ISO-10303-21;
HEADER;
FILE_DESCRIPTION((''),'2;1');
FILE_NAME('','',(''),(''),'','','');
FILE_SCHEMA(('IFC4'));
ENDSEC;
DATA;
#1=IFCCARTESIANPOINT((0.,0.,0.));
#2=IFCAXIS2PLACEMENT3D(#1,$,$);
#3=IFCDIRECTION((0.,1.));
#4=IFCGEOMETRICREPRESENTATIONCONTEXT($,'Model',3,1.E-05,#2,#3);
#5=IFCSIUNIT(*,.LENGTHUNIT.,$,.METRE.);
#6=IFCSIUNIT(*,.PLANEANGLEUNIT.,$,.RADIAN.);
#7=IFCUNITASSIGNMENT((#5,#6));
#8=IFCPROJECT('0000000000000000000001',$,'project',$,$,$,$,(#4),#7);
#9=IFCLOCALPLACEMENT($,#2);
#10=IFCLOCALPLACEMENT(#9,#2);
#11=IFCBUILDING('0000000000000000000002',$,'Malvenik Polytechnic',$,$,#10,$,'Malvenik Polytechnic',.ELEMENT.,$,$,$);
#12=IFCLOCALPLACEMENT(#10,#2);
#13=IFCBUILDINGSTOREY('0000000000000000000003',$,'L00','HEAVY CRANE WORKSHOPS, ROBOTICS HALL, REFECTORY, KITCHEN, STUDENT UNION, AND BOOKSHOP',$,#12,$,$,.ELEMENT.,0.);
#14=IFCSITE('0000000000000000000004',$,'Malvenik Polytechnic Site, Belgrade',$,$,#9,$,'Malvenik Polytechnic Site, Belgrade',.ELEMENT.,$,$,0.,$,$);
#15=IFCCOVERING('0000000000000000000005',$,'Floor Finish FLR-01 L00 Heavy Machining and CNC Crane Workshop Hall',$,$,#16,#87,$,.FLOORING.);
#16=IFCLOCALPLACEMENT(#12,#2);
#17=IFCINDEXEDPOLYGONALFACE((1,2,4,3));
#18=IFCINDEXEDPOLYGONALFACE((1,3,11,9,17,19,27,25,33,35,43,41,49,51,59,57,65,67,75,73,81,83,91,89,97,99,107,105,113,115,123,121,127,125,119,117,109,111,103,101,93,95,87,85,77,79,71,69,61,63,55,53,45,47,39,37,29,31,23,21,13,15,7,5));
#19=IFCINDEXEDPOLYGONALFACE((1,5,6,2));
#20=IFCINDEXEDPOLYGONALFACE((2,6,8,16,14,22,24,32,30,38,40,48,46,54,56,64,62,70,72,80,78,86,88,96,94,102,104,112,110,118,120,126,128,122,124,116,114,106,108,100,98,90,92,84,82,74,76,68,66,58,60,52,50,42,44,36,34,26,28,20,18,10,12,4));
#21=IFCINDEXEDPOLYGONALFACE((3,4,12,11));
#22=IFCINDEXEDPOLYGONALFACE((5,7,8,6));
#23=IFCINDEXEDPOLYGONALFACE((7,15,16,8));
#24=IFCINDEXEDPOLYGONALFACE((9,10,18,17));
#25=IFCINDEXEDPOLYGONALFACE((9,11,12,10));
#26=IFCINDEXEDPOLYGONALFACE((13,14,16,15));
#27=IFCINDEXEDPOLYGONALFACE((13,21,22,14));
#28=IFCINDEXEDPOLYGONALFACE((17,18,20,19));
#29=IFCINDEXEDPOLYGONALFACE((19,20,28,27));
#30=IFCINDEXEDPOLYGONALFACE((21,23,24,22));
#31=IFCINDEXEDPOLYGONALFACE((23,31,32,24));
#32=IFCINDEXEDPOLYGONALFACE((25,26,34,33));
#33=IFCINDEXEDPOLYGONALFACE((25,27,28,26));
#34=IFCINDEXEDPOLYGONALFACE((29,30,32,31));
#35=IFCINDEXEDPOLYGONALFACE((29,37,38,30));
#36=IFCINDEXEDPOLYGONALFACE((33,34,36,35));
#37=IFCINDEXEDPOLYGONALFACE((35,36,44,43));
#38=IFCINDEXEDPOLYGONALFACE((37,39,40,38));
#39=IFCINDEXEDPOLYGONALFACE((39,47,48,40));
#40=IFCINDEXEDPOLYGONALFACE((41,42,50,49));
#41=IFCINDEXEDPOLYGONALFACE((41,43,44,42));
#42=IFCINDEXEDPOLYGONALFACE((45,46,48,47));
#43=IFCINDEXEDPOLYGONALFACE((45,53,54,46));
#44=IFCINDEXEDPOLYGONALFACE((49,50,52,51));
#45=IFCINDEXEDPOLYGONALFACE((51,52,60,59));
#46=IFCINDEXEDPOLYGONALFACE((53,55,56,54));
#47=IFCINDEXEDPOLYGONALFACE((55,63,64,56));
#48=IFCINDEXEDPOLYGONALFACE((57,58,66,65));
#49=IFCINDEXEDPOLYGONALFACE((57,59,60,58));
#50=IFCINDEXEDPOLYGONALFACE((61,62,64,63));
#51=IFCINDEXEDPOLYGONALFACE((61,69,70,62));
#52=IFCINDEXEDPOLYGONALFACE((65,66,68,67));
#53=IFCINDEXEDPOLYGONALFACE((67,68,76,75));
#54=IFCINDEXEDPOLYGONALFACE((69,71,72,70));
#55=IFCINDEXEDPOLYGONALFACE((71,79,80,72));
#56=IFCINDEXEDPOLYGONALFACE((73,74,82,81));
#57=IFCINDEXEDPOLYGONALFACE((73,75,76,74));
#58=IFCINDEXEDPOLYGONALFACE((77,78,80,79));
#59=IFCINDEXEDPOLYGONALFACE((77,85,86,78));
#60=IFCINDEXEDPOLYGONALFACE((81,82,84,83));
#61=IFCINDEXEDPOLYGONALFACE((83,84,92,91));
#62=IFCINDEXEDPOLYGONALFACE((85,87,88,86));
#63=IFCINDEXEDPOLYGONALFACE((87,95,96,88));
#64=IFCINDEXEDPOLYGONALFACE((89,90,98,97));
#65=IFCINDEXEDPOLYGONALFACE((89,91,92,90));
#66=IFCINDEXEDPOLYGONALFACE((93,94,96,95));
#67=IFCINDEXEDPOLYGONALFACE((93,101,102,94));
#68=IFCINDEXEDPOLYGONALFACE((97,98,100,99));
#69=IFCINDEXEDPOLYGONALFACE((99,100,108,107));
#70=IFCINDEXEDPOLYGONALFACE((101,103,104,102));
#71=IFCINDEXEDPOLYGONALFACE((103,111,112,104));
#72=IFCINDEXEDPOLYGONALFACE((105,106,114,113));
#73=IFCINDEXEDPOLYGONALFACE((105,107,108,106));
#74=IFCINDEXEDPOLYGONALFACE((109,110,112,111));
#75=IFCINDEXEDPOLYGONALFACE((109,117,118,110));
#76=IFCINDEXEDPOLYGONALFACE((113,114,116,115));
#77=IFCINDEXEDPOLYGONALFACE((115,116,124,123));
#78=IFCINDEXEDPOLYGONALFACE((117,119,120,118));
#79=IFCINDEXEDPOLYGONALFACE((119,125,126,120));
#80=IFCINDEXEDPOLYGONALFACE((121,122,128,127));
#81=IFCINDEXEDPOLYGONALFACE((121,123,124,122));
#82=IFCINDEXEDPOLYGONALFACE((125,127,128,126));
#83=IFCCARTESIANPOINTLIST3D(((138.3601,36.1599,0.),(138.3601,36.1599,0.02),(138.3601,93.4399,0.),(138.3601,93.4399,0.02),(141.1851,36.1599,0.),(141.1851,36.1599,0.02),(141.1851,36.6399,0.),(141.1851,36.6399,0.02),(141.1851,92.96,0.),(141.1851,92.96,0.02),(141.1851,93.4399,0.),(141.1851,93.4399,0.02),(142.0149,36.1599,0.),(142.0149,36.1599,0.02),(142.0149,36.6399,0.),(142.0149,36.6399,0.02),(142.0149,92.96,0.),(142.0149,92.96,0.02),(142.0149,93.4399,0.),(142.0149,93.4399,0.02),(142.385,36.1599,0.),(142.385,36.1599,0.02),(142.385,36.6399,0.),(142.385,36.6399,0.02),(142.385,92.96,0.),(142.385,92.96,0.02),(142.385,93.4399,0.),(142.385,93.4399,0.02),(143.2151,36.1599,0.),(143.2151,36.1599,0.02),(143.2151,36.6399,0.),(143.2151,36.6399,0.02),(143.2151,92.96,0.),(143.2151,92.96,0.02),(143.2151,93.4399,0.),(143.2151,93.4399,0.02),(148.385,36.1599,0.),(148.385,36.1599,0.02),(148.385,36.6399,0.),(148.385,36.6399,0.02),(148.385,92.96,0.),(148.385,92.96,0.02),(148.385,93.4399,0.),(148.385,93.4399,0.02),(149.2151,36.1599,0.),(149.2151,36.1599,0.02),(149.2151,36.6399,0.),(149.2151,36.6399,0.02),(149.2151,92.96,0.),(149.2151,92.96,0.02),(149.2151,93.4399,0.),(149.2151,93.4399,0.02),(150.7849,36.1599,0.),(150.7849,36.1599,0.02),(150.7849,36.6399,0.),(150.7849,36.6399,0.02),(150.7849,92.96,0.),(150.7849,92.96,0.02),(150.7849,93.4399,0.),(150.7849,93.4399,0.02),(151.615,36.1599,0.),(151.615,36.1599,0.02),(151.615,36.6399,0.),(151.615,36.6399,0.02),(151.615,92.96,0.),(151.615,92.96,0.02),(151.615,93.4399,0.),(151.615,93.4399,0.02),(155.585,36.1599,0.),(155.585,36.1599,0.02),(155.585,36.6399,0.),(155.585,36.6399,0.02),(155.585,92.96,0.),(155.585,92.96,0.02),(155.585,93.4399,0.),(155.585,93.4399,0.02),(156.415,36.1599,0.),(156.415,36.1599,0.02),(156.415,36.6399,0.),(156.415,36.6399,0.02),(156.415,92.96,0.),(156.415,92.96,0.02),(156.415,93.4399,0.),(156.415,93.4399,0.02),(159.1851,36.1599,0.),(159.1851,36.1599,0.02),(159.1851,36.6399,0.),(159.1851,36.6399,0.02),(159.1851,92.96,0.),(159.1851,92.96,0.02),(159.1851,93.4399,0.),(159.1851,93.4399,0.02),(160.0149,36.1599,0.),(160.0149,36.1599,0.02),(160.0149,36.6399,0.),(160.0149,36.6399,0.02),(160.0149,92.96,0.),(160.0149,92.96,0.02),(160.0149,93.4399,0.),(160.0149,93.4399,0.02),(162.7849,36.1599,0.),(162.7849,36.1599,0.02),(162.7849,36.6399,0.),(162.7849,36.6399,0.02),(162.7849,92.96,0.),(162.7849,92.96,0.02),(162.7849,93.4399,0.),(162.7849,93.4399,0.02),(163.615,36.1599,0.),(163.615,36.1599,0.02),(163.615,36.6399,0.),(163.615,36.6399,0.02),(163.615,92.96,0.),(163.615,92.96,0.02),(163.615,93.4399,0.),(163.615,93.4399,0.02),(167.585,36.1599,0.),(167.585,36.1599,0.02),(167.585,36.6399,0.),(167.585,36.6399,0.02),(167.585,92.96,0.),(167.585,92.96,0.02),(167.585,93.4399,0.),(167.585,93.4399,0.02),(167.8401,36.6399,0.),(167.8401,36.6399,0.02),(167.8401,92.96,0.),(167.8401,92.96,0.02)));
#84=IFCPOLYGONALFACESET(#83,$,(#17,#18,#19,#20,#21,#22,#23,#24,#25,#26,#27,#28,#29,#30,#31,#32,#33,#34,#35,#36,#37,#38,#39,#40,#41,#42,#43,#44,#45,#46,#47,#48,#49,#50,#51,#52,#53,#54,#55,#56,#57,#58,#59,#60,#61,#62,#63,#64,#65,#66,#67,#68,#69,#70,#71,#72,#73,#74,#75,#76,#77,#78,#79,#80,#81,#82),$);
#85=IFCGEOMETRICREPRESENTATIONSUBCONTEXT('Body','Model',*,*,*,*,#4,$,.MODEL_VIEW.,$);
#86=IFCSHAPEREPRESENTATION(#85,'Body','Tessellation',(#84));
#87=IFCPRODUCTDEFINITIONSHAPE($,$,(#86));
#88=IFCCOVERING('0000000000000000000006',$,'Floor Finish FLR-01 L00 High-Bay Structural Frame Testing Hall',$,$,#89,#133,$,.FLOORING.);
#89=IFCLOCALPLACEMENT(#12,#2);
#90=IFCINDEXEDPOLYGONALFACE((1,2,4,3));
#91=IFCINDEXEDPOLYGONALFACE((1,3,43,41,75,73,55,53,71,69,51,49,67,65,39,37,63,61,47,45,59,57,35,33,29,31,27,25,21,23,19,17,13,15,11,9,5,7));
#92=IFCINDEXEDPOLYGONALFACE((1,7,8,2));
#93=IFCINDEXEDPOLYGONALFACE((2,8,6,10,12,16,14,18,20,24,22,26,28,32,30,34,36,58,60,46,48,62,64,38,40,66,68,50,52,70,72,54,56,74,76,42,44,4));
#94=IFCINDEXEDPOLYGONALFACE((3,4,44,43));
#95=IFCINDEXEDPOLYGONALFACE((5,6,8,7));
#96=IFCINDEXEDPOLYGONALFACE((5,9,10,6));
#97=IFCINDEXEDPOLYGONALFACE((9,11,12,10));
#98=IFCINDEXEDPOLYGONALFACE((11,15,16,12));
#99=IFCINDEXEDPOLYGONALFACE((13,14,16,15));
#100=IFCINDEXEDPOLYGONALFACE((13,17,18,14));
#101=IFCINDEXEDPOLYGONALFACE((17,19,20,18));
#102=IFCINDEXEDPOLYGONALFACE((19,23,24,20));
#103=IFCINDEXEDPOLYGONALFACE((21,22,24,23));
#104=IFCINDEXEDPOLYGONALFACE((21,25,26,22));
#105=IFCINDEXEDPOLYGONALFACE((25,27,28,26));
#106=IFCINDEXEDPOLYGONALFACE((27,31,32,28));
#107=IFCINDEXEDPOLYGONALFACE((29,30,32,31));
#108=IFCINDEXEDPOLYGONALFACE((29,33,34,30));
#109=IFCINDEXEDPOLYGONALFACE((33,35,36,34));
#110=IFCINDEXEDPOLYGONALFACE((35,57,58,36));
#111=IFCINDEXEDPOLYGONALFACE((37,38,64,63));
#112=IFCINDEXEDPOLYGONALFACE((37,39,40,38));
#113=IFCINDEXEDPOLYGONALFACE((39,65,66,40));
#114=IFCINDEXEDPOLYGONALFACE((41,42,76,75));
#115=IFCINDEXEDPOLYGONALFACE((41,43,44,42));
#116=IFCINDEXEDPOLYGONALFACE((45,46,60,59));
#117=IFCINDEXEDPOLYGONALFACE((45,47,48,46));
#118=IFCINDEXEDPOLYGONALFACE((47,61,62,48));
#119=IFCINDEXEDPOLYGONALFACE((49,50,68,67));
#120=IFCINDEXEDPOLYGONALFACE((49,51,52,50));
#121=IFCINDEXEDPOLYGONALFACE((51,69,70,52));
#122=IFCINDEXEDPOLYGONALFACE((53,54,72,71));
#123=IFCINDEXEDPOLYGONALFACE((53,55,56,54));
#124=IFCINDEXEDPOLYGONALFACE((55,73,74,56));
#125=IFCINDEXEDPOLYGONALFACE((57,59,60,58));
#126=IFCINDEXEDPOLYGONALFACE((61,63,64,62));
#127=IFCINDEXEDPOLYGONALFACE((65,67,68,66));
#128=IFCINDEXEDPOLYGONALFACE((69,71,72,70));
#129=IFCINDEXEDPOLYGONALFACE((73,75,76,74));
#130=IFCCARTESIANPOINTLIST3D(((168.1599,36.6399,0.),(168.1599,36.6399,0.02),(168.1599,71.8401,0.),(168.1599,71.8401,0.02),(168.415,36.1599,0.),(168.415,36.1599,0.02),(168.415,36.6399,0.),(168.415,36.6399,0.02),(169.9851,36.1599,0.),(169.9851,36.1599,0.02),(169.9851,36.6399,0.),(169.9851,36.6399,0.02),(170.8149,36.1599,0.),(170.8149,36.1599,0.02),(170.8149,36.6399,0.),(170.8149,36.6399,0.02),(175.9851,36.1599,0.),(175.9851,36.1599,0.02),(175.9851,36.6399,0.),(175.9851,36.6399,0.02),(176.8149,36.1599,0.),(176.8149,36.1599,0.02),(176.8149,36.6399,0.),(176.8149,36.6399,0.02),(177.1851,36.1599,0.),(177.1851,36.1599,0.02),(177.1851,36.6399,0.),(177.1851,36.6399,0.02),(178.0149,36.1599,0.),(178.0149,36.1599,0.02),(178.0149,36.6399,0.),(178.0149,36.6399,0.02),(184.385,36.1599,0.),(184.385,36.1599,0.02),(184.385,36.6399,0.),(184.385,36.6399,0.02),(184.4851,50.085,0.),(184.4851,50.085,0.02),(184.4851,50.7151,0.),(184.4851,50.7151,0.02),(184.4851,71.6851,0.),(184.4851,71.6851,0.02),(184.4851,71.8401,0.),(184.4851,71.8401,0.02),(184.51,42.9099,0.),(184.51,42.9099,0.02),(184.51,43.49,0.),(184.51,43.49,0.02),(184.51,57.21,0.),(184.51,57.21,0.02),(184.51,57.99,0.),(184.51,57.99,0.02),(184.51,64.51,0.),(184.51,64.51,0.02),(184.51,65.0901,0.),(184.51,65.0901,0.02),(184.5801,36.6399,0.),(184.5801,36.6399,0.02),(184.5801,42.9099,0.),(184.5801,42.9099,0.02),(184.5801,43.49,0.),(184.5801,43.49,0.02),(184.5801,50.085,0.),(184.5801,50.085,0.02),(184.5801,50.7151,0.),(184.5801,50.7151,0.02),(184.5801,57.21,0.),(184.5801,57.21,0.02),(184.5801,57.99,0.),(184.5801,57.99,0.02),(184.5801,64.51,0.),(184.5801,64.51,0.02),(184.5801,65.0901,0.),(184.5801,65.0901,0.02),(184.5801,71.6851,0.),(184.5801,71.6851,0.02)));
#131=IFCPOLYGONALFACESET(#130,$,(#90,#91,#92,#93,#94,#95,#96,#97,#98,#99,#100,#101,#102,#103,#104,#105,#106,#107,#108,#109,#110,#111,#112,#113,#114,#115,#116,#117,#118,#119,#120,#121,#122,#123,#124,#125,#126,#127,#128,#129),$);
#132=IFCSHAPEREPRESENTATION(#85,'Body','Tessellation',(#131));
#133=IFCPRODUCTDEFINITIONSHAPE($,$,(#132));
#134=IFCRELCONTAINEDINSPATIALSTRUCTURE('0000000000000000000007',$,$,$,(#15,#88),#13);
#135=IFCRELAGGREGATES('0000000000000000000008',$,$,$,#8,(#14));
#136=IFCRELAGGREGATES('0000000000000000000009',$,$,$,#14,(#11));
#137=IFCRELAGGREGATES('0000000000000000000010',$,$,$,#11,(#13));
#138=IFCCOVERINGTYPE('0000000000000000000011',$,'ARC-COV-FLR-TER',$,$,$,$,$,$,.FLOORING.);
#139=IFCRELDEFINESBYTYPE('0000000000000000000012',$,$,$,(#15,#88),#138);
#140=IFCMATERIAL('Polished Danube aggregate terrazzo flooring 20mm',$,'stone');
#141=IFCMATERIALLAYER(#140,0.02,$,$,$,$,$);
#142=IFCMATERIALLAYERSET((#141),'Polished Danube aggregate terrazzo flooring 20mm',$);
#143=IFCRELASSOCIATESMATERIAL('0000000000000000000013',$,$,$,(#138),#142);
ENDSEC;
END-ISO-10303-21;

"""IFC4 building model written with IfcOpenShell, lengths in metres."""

from ifc_helpers import new_model, si_unit, direction, origin, place, context, subcontext, project, spatial, polyline, outline, extrude, material, layer, layer_set, type_object, element, save


model = new_model("IFC4")

# Units and contexts
model_context = context("Model", 3, precision=1e-05, world=origin(), true_north=direction((0.0, 1.0)))
body_context = subcontext(model_context, "Body", "Model", "MODEL_VIEW")
ifc_project = project(units=[si_unit("LENGTHUNIT", "METRE"), si_unit("PLANEANGLEUNIT", "RADIAN")], contexts=[model_context])

# Site, building, storey
site_placement = place(None, origin())
site = spatial("IfcSite", under=ifc_project, at=site_placement, Name="Malvenik Polytechnic Site, Belgrade", LongName="Malvenik Polytechnic Site, Belgrade", CompositionType="ELEMENT", RefElevation=0.0)
building_placement = place(site_placement, origin())
building = spatial("IfcBuilding", under=site, at=building_placement, Name="Malvenik Polytechnic", LongName="Malvenik Polytechnic", CompositionType="ELEMENT")
storey_placement = place(building_placement, origin())
storey = spatial("IfcBuildingStorey", under=building, at=storey_placement, Name="L00", Description="HEAVY CRANE WORKSHOPS, ROBOTICS HALL, REFECTORY, KITCHEN, STUDENT UNION, AND BOOKSHOP", CompositionType="ELEMENT", Elevation=0.0)

# Coverings
ifc_material_1 = material(Name="Polished Danube aggregate terrazzo flooring 20mm", Category="stone")
ifc_layer_1 = layer(ifc_material_1, 0.02)
ifc_layer_set_1 = layer_set([ifc_layer_1], Name="Polished Danube aggregate terrazzo flooring 20mm")
covering_type_1 = type_object("IfcCoveringType", Name="ARC-COV-FLR-TER", PredefinedType="FLOORING", material=ifc_layer_set_1)
covering_1_placement = place(storey_placement, origin())
element("IfcCovering", 1, at=covering_1_placement, inside=storey, type_object=covering_type_1, Name="Floor Finish FLR-01 L00 Heavy Machining and CNC Crane Workshop Hall", PredefinedType="FLOORING", context=body_context, shape_type="SweptSolid", body=[
    extrude(outline(polyline([(141.1851, 92.96), (142.0149, 92.96), (142.0149, 93.4399), (142.385, 93.4399), (142.385, 92.96), (143.2151, 92.96), (143.2151, 93.4399), (148.385, 93.4399), (148.385, 92.96), (149.2151, 92.96), (149.2151, 93.4399), (150.7849, 93.4399), (150.7849, 92.96), (151.615, 92.96), (151.615, 93.4399), (155.585, 93.4399), (155.585, 92.96), (156.415, 92.96), (156.415, 93.4399), (159.1851, 93.4399), (159.1851, 92.96), (160.0149, 92.96), (160.0149, 93.4399), (162.7849, 93.4399), (162.7849, 92.96), (163.615, 92.96), (163.615, 93.4399), (167.585, 93.4399), (167.585, 92.96), (167.8401, 92.96), (167.8401, 36.6399), (167.585, 36.6399), (167.585, 36.1599), (163.615, 36.1599), (163.615, 36.6399), (162.7849, 36.6399), (162.7849, 36.1599), (160.0149, 36.1599), (160.0149, 36.6399), (159.1851, 36.6399), (159.1851, 36.1599), (156.415, 36.1599), (156.415, 36.6399), (155.585, 36.6399), (155.585, 36.1599), (151.615, 36.1599), (151.615, 36.6399), (150.7849, 36.6399), (150.7849, 36.1599), (149.2151, 36.1599), (149.2151, 36.6399), (148.385, 36.6399), (148.385, 36.1599), (143.2151, 36.1599), (143.2151, 36.6399), (142.385, 36.6399), (142.385, 36.1599), (142.0149, 36.1599), (142.0149, 36.6399), (141.1851, 36.6399), (141.1851, 36.1599), (138.3601, 36.1599), (138.3601, 93.4399), (141.1851, 93.4399), (141.1851, 92.96)])), origin(), (0.0, 0.0, 1.0), 0.02),
])
covering_2_placement = place(storey_placement, origin())
element("IfcCovering", 2, at=covering_2_placement, inside=storey, type_object=covering_type_1, Name="Floor Finish FLR-01 L00 High-Bay Structural Frame Testing Hall", PredefinedType="FLOORING", context=body_context, shape_type="SweptSolid", body=[
    extrude(outline(polyline([(184.4851, 71.6851), (184.5801, 71.6851), (184.5801, 65.0901), (184.51, 65.0901), (184.51, 64.51), (184.5801, 64.51), (184.5801, 57.99), (184.51, 57.99), (184.51, 57.21), (184.5801, 57.21), (184.5801, 50.7151), (184.4851, 50.7151), (184.4851, 50.085), (184.5801, 50.085), (184.5801, 43.49), (184.51, 43.49), (184.51, 42.9099), (184.5801, 42.9099), (184.5801, 36.6399), (184.385, 36.6399), (184.385, 36.1599), (178.0149, 36.1599), (178.0149, 36.6399), (177.1851, 36.6399), (177.1851, 36.1599), (176.8149, 36.1599), (176.8149, 36.6399), (175.9851, 36.6399), (175.9851, 36.1599), (170.8149, 36.1599), (170.8149, 36.6399), (169.9851, 36.6399), (169.9851, 36.1599), (168.415, 36.1599), (168.415, 36.6399), (168.1599, 36.6399), (168.1599, 71.8401), (184.4851, 71.8401), (184.4851, 71.6851)])), origin(), (0.0, 0.0, 1.0), 0.02),
])

save(model, "model.ifc")
